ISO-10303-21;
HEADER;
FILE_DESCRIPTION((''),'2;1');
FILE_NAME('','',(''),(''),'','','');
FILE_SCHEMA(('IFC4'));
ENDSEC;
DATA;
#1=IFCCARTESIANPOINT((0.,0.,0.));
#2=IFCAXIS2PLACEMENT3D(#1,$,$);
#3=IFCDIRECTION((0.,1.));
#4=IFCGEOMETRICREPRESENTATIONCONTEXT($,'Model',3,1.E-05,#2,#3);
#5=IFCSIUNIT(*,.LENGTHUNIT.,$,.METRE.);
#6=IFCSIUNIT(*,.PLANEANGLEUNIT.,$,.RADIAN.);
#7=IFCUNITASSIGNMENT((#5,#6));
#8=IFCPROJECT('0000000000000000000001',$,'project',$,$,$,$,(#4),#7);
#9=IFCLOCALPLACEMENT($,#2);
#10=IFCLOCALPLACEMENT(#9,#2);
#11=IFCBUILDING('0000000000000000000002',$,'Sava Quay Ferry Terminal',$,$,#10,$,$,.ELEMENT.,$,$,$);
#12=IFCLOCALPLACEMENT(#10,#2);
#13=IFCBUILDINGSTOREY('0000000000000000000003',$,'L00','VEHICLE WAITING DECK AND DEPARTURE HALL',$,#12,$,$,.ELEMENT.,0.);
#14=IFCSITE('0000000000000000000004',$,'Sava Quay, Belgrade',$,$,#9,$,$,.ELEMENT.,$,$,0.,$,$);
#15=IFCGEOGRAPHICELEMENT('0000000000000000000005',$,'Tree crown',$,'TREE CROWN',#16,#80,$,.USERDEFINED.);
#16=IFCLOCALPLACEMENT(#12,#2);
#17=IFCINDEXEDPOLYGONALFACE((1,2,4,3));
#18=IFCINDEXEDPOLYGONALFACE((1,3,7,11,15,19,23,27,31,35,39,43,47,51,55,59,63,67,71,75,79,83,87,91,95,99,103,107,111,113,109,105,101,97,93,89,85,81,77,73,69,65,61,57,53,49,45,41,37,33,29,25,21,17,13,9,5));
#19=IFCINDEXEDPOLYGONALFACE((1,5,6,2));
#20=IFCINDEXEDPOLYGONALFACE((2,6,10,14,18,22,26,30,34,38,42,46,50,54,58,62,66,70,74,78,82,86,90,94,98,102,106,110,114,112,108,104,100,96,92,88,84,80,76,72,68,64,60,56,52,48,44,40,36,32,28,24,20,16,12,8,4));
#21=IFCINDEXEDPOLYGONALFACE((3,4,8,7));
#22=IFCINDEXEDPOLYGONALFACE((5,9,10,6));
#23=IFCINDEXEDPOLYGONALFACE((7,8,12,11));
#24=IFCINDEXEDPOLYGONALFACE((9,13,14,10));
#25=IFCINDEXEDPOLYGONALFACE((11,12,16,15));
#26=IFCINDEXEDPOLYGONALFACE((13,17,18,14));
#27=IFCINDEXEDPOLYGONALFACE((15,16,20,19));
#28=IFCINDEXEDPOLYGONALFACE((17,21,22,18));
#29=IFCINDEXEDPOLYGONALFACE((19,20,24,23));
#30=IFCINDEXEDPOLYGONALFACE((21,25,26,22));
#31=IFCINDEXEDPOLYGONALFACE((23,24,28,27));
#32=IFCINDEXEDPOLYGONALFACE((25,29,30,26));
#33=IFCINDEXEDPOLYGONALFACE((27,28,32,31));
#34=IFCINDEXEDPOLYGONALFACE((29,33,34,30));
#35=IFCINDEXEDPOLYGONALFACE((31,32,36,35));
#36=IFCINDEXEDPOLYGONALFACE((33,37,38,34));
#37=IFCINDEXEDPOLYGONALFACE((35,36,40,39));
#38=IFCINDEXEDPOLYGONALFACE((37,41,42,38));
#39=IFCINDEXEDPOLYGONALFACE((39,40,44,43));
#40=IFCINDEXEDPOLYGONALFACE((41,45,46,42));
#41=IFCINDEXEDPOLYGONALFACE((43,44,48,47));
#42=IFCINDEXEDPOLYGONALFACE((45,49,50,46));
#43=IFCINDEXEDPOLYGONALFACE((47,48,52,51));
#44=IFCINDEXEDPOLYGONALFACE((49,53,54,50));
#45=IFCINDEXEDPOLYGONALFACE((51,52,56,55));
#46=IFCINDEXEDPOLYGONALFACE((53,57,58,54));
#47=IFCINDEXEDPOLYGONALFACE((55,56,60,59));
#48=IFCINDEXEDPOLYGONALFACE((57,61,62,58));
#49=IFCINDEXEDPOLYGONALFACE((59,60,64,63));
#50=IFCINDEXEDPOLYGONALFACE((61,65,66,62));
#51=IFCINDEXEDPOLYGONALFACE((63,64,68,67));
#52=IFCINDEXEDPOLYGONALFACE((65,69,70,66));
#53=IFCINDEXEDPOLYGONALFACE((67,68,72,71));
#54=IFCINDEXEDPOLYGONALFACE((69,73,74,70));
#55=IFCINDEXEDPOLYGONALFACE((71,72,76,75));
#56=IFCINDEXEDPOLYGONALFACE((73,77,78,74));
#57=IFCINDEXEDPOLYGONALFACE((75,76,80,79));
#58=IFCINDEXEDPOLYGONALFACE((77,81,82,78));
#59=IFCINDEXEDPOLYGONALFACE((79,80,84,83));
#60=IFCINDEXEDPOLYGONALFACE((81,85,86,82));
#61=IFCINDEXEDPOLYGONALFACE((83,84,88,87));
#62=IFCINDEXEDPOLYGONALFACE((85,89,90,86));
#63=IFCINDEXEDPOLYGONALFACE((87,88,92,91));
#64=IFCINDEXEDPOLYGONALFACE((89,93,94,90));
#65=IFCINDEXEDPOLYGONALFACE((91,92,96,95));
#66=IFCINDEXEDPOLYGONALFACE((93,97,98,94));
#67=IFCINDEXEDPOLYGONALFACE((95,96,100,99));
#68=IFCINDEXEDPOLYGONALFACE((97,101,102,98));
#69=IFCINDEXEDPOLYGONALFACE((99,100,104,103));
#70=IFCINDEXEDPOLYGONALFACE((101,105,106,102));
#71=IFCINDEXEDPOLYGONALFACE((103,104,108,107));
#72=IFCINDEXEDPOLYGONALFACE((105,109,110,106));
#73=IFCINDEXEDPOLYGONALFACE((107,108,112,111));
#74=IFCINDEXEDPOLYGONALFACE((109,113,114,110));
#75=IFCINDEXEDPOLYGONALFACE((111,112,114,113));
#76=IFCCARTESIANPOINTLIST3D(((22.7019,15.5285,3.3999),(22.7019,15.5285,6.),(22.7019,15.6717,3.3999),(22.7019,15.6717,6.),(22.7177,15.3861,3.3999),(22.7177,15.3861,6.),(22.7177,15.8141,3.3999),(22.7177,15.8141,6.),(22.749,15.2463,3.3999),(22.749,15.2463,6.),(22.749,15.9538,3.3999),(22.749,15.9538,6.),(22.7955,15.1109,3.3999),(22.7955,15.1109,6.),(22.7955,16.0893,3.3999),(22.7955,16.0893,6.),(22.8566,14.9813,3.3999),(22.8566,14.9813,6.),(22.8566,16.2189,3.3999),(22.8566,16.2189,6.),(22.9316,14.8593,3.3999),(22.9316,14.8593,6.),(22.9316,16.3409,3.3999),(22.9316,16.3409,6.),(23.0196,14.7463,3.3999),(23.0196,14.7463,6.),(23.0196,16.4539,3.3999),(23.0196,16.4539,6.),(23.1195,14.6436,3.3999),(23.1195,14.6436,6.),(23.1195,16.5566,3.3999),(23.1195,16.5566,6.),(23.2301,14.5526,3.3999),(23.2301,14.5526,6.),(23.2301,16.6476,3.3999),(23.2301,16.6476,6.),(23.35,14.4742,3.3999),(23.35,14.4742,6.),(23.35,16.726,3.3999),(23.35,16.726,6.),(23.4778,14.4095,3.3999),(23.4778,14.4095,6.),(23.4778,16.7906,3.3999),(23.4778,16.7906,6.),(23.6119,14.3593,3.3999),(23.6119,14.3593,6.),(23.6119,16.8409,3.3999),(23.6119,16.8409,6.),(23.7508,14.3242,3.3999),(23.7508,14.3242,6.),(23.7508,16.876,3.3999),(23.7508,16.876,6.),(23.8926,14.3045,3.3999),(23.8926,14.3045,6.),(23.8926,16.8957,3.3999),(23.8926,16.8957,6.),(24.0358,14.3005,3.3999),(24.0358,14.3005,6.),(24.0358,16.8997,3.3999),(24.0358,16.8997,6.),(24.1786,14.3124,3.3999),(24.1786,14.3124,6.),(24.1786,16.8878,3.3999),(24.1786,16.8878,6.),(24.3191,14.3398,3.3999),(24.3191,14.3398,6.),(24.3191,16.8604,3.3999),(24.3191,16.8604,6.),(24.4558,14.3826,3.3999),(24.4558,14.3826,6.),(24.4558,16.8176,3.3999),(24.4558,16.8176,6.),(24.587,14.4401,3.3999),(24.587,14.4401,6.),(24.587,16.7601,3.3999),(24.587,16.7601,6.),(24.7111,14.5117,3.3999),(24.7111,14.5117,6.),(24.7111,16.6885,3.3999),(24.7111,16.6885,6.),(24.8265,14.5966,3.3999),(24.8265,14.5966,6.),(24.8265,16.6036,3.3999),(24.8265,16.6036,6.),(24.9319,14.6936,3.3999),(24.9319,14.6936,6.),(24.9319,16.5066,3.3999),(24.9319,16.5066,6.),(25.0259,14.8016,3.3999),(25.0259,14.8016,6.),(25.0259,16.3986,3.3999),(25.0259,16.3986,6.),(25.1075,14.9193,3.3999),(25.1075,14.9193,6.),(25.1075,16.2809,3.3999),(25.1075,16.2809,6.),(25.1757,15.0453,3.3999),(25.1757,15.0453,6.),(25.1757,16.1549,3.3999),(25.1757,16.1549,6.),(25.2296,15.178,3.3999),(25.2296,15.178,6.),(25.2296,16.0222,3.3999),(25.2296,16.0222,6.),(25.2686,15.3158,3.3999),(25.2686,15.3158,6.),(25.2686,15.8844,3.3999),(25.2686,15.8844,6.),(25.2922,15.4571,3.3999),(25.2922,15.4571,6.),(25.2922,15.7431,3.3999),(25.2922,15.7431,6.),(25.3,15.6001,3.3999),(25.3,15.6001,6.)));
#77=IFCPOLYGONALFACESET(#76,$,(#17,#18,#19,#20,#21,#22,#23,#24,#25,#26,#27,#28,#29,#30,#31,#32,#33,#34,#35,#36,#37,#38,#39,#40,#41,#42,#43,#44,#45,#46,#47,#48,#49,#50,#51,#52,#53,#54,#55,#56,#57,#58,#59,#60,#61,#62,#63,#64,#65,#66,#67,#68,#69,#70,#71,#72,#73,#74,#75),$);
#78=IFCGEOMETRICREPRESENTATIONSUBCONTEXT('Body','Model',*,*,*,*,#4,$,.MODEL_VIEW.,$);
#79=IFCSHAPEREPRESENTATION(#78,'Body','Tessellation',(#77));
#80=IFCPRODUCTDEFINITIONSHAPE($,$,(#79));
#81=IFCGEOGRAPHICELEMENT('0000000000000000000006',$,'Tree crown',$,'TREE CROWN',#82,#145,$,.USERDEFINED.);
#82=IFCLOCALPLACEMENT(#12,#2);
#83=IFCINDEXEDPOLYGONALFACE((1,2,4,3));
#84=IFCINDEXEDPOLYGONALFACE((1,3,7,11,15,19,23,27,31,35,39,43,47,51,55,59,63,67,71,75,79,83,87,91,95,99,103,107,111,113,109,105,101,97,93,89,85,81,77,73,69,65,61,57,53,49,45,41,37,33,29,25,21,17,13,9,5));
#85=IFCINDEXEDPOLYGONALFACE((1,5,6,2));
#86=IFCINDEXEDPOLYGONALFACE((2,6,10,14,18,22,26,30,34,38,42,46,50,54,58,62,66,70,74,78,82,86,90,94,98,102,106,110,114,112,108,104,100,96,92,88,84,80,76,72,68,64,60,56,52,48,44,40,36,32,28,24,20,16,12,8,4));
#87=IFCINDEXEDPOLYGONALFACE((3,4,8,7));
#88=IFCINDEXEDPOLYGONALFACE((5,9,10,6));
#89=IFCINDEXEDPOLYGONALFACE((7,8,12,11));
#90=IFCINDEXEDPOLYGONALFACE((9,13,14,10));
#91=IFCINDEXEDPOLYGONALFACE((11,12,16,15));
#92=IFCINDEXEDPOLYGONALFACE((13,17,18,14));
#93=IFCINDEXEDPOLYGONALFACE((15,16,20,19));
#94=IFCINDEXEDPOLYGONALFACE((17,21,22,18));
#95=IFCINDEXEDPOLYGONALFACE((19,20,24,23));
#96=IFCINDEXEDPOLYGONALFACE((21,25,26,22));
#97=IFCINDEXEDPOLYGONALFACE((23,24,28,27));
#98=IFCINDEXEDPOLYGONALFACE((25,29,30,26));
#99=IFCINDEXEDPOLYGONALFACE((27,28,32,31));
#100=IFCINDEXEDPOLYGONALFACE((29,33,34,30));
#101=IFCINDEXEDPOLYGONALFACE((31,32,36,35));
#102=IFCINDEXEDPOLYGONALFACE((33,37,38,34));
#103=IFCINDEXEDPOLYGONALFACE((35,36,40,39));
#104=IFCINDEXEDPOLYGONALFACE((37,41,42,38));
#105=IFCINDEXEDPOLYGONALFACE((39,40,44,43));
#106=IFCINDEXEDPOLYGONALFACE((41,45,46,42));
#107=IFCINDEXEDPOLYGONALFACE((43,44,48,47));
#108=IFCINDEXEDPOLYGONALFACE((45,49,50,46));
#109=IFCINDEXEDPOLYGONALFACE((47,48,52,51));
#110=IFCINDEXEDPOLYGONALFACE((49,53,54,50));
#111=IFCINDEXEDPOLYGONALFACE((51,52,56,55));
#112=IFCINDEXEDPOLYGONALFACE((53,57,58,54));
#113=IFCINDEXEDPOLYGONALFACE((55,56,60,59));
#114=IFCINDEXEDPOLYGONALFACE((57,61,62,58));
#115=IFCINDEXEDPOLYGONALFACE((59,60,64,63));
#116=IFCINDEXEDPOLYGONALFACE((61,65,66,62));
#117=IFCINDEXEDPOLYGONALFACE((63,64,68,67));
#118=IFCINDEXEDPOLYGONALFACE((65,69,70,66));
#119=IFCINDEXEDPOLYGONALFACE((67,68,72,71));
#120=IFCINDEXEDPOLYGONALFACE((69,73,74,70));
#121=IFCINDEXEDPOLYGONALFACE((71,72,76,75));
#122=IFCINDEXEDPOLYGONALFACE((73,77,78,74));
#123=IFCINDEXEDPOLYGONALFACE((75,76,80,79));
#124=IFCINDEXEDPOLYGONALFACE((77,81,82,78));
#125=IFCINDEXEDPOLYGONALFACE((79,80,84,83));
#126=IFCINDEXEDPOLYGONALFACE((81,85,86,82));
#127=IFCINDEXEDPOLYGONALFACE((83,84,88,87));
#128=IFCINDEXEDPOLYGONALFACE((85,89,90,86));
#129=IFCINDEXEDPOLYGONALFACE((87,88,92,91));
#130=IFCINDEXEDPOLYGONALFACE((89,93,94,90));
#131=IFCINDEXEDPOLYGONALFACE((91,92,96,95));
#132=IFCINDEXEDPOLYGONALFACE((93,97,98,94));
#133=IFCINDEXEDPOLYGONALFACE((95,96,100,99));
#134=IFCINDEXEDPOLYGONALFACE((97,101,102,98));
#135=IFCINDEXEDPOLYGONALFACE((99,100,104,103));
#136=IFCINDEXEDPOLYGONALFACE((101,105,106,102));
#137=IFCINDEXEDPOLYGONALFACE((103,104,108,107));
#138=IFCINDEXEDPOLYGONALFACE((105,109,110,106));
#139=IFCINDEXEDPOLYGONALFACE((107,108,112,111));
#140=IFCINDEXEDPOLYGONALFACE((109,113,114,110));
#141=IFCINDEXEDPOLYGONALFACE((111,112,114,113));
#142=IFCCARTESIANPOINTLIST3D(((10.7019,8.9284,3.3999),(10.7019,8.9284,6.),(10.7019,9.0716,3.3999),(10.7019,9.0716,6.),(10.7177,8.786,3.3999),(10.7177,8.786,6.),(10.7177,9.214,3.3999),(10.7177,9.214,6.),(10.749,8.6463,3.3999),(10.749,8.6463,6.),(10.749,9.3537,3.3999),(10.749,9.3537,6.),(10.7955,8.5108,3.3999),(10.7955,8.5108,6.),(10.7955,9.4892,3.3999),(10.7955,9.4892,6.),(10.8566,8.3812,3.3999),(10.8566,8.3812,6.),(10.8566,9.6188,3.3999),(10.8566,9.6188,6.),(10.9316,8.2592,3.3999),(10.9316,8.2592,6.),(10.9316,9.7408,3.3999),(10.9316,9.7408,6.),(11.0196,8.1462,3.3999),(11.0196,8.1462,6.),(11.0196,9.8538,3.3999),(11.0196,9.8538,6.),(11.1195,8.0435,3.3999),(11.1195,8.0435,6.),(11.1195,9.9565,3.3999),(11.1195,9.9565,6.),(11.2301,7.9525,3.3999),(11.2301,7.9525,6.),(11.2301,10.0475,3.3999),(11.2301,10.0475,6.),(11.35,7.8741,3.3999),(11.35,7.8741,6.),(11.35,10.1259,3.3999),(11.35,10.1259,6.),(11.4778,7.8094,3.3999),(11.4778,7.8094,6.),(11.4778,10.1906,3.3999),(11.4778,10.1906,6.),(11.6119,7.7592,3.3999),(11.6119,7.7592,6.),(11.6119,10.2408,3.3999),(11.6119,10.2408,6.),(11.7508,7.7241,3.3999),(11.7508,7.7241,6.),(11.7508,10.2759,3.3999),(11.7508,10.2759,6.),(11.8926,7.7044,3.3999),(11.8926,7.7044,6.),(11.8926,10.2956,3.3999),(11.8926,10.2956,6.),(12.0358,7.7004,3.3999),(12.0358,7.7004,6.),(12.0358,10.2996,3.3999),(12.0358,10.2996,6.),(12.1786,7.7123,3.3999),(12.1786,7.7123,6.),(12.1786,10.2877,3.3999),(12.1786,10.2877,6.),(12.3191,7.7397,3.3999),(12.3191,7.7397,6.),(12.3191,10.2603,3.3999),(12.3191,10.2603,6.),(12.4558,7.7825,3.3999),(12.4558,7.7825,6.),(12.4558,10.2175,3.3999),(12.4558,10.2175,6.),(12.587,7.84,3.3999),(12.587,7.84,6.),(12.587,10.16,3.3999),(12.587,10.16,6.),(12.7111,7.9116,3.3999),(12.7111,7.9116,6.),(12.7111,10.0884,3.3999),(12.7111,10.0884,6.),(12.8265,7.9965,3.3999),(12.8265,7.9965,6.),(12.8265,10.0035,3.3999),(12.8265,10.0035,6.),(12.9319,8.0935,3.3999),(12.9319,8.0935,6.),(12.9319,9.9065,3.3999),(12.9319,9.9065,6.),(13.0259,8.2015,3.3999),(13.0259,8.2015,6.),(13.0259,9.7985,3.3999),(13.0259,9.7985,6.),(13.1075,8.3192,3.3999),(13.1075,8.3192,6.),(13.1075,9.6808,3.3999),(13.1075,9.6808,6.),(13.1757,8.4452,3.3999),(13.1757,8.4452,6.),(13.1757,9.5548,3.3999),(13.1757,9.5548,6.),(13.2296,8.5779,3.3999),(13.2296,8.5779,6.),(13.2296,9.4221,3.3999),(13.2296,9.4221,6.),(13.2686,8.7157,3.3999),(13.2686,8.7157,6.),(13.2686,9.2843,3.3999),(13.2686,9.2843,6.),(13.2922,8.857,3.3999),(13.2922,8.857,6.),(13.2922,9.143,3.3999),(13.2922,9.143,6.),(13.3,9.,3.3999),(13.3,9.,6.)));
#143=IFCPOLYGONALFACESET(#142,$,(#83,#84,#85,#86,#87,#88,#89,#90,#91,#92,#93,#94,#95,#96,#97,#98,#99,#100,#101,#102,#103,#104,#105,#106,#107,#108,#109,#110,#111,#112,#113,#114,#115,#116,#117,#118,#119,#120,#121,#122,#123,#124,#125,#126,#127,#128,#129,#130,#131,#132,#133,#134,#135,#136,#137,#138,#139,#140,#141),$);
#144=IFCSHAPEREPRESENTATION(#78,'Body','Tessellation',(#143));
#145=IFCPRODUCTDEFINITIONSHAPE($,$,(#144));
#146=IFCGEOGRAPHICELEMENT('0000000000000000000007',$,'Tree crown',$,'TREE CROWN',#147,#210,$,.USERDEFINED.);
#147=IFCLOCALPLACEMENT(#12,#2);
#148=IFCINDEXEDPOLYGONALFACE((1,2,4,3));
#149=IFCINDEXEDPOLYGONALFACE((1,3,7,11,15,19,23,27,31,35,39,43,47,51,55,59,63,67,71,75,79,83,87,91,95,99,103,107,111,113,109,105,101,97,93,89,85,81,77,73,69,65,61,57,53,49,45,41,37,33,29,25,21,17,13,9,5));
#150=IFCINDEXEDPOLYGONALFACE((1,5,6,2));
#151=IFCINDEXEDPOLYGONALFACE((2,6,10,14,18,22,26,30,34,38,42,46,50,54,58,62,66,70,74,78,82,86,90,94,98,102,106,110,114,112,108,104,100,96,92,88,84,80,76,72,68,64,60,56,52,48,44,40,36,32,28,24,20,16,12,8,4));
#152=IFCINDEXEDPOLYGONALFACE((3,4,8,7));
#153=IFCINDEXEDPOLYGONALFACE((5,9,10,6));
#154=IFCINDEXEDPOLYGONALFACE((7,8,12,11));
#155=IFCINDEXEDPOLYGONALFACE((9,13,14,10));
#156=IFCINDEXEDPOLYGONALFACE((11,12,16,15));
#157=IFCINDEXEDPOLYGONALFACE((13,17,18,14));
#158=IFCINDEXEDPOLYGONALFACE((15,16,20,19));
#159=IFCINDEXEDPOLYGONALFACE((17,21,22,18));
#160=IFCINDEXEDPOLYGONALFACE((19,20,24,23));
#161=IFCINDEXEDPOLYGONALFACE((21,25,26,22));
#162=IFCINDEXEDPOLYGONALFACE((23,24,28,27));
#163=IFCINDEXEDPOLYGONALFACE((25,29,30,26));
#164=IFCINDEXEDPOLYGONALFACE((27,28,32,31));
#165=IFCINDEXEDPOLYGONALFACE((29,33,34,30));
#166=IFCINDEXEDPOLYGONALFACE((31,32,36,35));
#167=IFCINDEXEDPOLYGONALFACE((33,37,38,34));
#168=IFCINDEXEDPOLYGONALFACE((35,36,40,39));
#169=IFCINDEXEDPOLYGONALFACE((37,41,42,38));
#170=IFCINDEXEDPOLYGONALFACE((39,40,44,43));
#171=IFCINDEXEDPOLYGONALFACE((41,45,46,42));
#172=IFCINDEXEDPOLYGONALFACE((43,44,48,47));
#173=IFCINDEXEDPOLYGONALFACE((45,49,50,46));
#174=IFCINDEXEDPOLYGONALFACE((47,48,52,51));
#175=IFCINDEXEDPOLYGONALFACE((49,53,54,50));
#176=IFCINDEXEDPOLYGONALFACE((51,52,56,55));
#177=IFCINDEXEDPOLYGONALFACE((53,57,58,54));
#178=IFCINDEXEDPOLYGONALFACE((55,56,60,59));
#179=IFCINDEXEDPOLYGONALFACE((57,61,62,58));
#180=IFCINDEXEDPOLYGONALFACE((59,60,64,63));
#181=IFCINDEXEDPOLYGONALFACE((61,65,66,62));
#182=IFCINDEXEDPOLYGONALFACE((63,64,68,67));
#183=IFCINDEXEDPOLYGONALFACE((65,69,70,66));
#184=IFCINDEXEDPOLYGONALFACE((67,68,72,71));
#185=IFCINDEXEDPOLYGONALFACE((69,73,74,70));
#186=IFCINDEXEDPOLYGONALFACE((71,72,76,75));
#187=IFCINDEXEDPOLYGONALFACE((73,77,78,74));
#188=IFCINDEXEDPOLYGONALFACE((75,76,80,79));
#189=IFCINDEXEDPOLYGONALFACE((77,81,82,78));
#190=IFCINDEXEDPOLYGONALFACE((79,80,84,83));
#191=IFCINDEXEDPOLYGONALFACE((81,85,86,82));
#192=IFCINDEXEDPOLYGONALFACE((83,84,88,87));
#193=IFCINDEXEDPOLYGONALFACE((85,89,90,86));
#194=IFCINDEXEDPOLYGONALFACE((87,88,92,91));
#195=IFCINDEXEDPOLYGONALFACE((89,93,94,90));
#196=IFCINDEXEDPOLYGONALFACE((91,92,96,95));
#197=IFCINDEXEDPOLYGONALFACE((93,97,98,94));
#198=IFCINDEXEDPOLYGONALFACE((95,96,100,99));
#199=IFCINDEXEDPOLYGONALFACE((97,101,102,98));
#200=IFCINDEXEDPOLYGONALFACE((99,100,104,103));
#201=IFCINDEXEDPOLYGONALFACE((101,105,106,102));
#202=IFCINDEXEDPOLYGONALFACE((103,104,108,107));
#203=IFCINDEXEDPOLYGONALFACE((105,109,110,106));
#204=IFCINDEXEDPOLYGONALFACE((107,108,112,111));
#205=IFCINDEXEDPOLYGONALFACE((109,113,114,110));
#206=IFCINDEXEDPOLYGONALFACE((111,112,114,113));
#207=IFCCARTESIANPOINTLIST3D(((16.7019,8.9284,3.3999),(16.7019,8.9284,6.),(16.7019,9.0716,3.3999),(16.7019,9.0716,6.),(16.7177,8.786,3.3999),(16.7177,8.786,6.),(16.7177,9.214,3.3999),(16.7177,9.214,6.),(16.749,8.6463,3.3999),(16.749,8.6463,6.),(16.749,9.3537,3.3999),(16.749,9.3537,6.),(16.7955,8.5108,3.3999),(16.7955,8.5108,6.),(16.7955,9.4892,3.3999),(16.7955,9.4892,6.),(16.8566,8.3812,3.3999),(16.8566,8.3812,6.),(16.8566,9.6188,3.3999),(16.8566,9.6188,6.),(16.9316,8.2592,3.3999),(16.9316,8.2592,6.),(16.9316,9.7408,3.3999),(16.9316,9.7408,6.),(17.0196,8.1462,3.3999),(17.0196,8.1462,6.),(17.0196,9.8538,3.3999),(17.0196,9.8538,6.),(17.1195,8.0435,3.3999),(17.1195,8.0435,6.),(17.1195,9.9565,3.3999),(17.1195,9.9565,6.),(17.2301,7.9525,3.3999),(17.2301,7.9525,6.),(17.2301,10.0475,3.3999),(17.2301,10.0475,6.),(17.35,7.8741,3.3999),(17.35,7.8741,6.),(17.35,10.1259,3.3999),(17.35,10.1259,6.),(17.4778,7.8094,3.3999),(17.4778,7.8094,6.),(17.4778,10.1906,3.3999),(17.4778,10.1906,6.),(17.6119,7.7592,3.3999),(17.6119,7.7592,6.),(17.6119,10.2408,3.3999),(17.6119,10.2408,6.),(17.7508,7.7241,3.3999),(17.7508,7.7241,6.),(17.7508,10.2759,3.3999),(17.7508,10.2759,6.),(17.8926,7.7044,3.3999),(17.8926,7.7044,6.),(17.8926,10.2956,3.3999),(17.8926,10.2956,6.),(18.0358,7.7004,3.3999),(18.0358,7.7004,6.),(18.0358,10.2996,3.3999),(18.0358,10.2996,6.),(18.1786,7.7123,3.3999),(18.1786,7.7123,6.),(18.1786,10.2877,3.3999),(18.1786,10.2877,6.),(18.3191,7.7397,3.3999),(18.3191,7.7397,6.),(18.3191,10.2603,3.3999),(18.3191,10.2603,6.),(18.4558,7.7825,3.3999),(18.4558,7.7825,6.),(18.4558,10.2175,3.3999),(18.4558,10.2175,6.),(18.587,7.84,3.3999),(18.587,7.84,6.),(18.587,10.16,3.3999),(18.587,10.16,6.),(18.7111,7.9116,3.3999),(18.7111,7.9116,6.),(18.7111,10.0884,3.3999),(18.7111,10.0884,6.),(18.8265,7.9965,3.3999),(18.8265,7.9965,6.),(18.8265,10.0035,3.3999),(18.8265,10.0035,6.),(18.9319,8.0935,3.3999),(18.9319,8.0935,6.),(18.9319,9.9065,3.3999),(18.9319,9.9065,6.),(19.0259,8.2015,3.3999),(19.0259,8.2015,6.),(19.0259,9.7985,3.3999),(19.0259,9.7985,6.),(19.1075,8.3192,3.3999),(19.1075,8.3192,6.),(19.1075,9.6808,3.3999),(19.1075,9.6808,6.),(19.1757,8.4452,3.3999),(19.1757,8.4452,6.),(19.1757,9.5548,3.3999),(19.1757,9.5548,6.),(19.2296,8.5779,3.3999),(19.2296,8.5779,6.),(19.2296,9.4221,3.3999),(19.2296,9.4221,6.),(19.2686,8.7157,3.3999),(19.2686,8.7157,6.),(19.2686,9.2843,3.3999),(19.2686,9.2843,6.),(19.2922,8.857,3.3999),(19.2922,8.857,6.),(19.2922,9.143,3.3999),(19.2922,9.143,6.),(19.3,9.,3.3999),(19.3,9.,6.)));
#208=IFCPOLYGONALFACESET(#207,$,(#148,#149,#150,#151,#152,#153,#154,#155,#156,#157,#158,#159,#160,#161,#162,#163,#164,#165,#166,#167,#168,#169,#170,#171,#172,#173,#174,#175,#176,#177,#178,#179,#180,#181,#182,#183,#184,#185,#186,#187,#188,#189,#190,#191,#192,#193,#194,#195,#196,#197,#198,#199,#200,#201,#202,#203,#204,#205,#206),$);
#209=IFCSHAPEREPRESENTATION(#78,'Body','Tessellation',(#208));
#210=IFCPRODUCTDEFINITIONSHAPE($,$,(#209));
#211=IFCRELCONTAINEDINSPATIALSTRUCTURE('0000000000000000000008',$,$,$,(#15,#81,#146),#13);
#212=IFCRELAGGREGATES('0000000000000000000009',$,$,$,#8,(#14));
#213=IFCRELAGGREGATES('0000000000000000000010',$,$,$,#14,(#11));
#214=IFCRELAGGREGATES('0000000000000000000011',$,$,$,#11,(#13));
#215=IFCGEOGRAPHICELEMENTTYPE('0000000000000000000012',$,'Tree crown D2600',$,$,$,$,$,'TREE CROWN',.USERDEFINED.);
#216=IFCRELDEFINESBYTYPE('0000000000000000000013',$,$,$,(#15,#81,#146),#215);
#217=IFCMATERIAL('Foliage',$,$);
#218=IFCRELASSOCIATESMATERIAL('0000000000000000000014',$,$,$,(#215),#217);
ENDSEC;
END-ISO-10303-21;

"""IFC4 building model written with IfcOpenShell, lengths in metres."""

from ifc_helpers import new_model, si_unit, direction, frame, origin, origin_2d, place, context, subcontext, project, spatial, circle, extrude, material, type_object, element, save


model = new_model("IFC4")

# Units and contexts
model_context = context("Model", 3, precision=1e-05, world=origin(), true_north=direction((0.0, 1.0)))
body_context = subcontext(model_context, "Body", "Model", "MODEL_VIEW")
ifc_project = project(units=[si_unit("LENGTHUNIT", "METRE"), si_unit("PLANEANGLEUNIT", "RADIAN")], contexts=[model_context])

# Site, building, storey
site_placement = place(None, origin())
site = spatial("IfcSite", under=ifc_project, at=site_placement, Name="Sava Quay, Belgrade", CompositionType="ELEMENT", RefElevation=0.0)
building_placement = place(site_placement, origin())
building = spatial("IfcBuilding", under=site, at=building_placement, Name="Sava Quay Ferry Terminal", CompositionType="ELEMENT")
storey_placement = place(building_placement, origin())
storey = spatial("IfcBuildingStorey", under=building, at=storey_placement, Name="L00", Description="VEHICLE WAITING DECK AND DEPARTURE HALL", CompositionType="ELEMENT", Elevation=0.0)

# Geographic elements
ifc_material_1 = material(Name="Foliage")
geographic_element_type_1 = type_object("IfcGeographicElementType", Name="Tree crown D2600", ElementType="TREE CROWN", PredefinedType="USERDEFINED", material=ifc_material_1)
for number, where, z_axis, x_axis, name in (
    (1, (24.0, 15.6001, 6.0), (0.0, 0.0, -1.0), (1.0, 0.0, 0.0), "Tree crown"),
    (2, (12.0, 9.0, 6.0), (0.0, 0.0, -1.0), (1.0, 0.0, 0.0), "Tree crown"),
    (3, (18.0, 9.0, 6.0), (0.0, 0.0, -1.0), (1.0, 0.0, 0.0), "Tree crown"),
):
    element("IfcGeographicElement", number, at=place(storey_placement, frame(where, z_axis=z_axis, x_axis=x_axis)), inside=storey, type_object=geographic_element_type_1, Name=name, ObjectType="TREE CROWN", PredefinedType="USERDEFINED", context=body_context, shape_type="SweptSolid", body=[
        extrude(circle(Radius=1.3, at=origin_2d()), origin(), (0.0, 0.0, 1.0), 2.6001),
    ])

save(model, "model.ifc")
